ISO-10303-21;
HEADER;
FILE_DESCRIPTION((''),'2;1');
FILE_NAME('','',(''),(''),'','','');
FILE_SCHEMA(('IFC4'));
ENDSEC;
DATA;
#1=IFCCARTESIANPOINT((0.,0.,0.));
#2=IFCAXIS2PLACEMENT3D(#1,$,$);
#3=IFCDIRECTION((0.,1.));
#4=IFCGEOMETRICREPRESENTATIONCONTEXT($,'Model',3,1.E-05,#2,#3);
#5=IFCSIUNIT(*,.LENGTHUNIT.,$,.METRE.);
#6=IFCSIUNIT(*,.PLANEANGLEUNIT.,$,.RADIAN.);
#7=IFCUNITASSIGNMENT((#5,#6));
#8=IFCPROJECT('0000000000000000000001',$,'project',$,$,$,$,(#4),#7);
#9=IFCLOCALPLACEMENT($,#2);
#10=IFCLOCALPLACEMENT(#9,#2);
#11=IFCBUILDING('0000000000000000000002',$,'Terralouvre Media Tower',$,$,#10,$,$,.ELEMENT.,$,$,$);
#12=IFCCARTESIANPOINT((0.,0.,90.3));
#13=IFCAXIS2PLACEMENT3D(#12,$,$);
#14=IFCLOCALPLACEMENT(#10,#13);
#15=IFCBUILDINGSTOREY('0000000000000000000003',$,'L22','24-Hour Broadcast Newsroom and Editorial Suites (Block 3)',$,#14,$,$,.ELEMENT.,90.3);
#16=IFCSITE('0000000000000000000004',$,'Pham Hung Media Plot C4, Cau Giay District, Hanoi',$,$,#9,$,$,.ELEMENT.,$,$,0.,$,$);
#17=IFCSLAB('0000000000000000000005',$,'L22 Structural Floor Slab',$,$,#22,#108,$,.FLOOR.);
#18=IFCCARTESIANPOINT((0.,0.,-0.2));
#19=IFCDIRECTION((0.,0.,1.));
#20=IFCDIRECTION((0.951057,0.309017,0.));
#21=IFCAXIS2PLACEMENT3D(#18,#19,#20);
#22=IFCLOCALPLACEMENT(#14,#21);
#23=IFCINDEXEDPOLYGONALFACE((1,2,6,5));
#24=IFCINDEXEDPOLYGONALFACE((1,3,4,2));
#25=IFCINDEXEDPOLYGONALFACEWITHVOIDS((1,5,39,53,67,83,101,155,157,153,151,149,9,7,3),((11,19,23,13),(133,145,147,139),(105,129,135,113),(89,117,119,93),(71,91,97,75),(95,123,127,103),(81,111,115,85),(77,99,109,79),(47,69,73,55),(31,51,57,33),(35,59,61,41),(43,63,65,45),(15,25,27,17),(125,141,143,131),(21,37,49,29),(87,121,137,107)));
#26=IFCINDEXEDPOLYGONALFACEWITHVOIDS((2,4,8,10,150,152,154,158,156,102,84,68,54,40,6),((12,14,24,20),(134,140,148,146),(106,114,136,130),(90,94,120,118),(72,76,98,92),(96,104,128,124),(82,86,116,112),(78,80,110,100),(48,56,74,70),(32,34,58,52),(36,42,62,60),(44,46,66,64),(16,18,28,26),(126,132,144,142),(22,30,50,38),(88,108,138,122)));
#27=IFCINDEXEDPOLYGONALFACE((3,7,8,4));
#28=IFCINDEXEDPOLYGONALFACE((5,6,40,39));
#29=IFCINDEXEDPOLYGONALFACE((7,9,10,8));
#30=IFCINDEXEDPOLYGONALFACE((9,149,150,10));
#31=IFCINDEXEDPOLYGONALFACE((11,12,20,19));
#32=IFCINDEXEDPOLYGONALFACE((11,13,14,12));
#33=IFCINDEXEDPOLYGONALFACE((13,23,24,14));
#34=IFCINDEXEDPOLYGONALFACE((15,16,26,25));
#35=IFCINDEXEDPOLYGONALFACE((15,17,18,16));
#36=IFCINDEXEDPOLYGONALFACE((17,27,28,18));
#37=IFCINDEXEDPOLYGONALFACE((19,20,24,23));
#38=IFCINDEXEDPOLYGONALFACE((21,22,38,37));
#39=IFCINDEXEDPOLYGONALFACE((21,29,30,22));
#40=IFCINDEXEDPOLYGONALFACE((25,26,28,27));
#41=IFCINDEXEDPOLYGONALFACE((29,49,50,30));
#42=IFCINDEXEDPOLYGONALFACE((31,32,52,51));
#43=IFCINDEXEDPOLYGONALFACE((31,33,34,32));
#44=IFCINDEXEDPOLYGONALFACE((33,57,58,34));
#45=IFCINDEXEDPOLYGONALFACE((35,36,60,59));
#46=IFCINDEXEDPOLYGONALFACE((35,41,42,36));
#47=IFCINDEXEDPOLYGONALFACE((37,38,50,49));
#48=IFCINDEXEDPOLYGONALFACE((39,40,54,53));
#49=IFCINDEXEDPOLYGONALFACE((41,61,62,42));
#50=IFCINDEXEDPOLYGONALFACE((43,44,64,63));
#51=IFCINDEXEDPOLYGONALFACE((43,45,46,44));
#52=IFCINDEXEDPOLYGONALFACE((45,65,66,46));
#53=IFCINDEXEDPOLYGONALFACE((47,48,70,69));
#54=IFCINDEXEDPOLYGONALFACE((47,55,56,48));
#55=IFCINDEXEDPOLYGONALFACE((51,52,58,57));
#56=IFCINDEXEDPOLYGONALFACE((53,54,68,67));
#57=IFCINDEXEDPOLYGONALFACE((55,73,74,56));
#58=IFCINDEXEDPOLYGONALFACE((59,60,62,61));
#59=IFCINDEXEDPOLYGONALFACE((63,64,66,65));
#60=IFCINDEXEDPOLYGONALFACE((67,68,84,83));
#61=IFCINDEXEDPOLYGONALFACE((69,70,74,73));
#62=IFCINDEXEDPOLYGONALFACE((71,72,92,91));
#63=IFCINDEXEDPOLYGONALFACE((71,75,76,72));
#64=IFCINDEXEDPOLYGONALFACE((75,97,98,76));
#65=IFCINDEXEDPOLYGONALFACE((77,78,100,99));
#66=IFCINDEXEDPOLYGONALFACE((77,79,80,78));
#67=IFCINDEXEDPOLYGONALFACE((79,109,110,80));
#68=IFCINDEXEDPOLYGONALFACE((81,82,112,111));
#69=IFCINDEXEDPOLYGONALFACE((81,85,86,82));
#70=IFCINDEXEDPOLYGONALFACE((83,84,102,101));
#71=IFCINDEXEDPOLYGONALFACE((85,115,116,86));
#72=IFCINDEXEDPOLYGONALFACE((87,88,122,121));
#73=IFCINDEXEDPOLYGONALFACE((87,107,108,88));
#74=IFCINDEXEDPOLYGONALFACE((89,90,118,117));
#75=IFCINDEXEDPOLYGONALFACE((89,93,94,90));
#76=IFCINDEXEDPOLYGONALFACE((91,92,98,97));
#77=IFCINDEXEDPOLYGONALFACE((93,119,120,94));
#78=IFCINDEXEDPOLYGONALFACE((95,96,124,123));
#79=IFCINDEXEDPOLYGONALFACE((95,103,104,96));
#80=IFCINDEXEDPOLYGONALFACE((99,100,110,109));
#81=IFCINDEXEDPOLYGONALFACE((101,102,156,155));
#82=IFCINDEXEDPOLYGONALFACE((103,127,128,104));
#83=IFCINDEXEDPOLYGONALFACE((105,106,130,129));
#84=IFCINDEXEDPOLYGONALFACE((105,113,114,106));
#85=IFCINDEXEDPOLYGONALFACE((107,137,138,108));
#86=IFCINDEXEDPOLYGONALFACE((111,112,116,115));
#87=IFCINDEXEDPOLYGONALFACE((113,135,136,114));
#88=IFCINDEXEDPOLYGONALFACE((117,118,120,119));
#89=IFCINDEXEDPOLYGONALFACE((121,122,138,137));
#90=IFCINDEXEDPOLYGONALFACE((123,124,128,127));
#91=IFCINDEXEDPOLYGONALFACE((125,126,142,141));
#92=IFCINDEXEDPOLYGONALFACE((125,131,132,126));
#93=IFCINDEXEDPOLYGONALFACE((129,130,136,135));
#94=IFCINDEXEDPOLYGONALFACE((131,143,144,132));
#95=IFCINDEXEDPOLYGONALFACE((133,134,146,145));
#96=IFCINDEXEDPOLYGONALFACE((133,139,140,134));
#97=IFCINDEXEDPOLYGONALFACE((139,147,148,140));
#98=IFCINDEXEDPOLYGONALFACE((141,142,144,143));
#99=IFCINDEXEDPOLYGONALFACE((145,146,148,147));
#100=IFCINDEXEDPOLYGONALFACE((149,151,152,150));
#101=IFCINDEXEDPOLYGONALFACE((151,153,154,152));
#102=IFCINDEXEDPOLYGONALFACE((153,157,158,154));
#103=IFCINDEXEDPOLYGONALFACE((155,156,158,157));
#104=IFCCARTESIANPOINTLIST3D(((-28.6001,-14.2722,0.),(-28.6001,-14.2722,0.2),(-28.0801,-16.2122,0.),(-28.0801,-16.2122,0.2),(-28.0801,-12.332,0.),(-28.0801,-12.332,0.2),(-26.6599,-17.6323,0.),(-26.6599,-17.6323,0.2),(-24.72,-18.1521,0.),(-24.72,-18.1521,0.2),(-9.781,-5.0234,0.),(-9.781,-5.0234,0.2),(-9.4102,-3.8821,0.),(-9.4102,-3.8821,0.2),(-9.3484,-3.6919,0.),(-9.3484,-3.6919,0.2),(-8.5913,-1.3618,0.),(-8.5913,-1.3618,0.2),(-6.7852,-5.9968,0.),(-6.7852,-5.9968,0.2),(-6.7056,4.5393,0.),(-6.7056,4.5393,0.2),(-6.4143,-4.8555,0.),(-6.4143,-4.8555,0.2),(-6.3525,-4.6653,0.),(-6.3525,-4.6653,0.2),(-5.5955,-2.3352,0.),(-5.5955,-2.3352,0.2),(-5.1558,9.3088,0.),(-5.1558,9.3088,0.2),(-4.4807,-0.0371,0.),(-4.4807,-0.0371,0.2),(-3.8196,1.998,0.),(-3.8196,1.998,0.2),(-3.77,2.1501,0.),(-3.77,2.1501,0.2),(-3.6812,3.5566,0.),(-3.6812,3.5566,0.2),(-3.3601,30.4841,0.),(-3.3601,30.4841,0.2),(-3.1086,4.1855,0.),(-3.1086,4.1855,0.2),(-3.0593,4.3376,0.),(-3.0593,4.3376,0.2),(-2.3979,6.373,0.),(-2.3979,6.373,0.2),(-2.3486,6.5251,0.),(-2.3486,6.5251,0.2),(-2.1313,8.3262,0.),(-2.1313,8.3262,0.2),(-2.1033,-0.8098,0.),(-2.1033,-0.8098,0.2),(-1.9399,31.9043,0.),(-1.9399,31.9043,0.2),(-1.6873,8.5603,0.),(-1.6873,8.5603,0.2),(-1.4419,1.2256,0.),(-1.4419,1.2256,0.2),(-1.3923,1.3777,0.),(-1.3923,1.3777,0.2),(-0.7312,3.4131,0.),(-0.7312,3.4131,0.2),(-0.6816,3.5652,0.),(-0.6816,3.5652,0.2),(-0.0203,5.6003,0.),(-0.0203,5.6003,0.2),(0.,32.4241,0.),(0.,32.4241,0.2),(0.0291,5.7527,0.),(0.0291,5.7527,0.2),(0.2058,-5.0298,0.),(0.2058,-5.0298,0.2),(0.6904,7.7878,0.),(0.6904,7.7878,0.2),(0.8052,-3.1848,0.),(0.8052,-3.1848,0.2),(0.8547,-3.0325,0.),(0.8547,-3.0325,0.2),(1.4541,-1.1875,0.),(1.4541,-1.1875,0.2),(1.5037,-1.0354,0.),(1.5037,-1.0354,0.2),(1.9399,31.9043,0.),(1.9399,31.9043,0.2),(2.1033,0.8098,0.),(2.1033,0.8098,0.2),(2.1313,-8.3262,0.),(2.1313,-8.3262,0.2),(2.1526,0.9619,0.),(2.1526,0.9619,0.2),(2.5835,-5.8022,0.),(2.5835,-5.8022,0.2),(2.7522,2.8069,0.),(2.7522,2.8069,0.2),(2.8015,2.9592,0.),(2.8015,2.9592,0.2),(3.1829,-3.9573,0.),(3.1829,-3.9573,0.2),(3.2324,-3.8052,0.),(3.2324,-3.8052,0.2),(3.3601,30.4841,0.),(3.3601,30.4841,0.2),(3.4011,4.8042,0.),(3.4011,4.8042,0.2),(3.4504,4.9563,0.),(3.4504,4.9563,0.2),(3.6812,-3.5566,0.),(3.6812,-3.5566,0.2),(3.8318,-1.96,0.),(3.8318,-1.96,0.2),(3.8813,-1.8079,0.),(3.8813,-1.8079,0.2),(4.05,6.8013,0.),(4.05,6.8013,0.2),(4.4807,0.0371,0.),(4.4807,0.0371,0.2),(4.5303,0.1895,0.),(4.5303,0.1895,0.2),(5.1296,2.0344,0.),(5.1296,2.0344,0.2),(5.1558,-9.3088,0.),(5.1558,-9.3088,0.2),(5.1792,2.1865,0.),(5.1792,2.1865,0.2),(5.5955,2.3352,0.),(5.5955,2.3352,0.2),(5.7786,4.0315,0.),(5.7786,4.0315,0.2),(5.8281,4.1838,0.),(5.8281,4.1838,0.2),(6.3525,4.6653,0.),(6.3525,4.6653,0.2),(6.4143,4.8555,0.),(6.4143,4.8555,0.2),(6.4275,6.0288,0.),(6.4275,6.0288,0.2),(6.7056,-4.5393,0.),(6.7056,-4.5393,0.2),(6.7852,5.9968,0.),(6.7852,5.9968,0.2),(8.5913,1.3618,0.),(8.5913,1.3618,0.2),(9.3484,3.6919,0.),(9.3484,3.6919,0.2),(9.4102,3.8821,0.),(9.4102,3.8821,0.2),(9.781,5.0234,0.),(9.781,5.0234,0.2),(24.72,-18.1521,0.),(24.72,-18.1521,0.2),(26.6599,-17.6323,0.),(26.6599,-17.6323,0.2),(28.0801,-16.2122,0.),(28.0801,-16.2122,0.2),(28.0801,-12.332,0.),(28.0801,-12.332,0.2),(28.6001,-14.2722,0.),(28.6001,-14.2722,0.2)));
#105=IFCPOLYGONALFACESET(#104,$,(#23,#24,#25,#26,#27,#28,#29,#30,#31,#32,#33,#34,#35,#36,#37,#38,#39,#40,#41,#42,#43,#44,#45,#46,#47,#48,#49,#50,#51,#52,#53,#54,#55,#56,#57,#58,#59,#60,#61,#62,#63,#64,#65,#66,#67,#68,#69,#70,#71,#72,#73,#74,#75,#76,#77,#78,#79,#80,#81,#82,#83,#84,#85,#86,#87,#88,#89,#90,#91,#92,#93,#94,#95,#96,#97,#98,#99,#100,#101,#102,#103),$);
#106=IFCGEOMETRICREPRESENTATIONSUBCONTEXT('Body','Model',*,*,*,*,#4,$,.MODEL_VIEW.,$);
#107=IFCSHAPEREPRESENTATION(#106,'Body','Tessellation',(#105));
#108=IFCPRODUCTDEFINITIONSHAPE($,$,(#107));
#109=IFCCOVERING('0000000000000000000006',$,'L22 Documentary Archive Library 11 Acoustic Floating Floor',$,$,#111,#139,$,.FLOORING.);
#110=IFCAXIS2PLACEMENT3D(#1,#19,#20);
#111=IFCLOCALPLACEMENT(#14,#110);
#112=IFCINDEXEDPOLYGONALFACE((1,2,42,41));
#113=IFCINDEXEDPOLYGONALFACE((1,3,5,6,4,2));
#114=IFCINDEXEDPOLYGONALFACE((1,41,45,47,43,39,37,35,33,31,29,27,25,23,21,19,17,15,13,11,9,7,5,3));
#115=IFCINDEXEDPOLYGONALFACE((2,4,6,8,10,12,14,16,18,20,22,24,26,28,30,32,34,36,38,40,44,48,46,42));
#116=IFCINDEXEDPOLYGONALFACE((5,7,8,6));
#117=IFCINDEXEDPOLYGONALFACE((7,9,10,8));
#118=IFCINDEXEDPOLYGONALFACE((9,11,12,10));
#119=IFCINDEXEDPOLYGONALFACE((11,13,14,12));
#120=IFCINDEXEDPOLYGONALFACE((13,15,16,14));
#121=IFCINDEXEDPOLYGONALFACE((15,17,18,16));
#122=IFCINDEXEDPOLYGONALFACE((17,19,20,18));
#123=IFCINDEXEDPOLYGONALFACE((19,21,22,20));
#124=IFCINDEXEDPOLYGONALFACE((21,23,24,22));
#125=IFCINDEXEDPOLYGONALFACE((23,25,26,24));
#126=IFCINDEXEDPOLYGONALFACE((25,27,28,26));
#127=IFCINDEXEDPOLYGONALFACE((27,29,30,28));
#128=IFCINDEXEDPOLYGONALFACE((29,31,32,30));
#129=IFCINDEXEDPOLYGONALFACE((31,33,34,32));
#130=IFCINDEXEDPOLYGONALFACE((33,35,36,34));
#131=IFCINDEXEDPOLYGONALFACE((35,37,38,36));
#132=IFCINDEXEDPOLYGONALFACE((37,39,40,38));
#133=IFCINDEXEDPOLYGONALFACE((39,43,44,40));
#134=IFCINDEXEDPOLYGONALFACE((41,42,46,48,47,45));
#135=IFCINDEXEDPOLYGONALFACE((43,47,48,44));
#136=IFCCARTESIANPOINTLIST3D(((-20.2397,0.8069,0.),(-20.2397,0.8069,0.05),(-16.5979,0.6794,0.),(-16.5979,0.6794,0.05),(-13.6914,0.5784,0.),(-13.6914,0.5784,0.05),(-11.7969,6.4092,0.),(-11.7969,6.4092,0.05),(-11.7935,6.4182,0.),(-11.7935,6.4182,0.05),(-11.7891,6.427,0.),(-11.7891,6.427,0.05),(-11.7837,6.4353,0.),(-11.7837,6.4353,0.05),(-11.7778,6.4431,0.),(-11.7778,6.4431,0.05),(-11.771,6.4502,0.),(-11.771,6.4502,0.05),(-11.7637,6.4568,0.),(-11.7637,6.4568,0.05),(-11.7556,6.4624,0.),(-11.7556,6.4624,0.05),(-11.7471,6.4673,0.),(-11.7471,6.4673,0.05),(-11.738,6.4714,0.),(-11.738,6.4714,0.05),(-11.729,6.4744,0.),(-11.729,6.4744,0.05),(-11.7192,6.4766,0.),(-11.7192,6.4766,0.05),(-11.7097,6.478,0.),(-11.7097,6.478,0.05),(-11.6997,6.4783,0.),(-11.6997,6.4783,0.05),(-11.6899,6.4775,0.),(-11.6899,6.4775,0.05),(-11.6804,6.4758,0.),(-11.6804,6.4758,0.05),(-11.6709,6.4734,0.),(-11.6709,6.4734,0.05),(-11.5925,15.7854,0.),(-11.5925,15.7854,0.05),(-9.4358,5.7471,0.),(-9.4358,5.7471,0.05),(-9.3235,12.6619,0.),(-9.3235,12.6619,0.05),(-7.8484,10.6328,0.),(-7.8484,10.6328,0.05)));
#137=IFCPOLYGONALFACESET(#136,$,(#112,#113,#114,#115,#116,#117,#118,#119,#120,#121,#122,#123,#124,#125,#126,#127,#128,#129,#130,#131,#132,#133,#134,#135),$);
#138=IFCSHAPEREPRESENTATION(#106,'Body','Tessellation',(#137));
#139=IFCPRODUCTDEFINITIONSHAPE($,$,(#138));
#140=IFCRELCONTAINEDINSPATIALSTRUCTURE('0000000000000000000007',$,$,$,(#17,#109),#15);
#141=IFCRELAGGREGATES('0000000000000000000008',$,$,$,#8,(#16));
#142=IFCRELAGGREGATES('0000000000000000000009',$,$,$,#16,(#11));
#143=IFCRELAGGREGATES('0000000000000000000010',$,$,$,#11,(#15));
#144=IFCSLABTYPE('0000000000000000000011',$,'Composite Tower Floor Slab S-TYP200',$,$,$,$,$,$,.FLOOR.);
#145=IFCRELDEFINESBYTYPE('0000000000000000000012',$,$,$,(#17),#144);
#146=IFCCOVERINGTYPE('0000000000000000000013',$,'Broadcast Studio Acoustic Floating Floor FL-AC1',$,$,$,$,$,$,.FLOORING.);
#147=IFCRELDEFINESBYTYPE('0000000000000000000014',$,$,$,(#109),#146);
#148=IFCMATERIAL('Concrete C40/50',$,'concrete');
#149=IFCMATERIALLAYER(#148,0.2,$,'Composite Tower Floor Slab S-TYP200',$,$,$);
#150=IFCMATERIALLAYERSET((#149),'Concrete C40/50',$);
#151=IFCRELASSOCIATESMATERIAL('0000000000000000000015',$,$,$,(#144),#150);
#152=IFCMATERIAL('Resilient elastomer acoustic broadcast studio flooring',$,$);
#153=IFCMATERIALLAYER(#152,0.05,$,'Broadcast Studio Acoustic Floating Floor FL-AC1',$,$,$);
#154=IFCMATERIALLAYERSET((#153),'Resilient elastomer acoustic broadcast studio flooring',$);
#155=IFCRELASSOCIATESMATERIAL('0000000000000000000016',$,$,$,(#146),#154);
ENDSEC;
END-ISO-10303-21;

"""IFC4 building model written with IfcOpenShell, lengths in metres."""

from ifc_helpers import new_model, si_unit, direction, frame, origin, place, context, subcontext, project, spatial, polyline, outline, extrude, material, layer, layer_set, type_object, element, save


model = new_model("IFC4")

# Units and contexts
model_context = context("Model", 3, precision=1e-05, world=origin(), true_north=direction((0.0, 1.0)))
body_context = subcontext(model_context, "Body", "Model", "MODEL_VIEW")
ifc_project = project(units=[si_unit("LENGTHUNIT", "METRE"), si_unit("PLANEANGLEUNIT", "RADIAN")], contexts=[model_context])

# Site, building, storey
site_placement = place(None, origin())
site = spatial("IfcSite", under=ifc_project, at=site_placement, Name="Pham Hung Media Plot C4, Cau Giay District, Hanoi", CompositionType="ELEMENT", RefElevation=0.0)
building_placement = place(site_placement, origin())
building = spatial("IfcBuilding", under=site, at=building_placement, Name="Terralouvre Media Tower", CompositionType="ELEMENT")
storey_placement = place(building_placement, frame((0.0, 0.0, 90.3)))
storey = spatial("IfcBuildingStorey", under=building, at=storey_placement, Name="L22", Description="24-Hour Broadcast Newsroom and Editorial Suites (Block 3)", CompositionType="ELEMENT", Elevation=90.3)

# Slab
ifc_material_1 = material(Name="Concrete C40/50", Category="concrete")
ifc_layer_1 = layer(ifc_material_1, 0.2, Name="Composite Tower Floor Slab S-TYP200")
ifc_layer_set_1 = layer_set([ifc_layer_1], Name="Concrete C40/50")
slab_type_1 = type_object("IfcSlabType", Name="Composite Tower Floor Slab S-TYP200", PredefinedType="FLOOR", material=ifc_layer_set_1)
slab_1_placement = place(storey_placement, frame((0.0, 0.0, -0.2), z_axis=(0.0, 0.0, 1.0), x_axis=(0.951057, 0.309017, 0.0)))
element("IfcSlab", 1, at=slab_1_placement, inside=storey, type_object=slab_type_1, Name="L22 Structural Floor Slab", PredefinedType="FLOOR", context=body_context, shape_type="SweptSolid", body=[
    extrude(outline(polyline([(-28.0801, -12.332), (-28.6001, -14.2722), (-28.0801, -16.2122), (-26.6599, -17.6323), (-24.72, -18.1521), (24.72, -18.1521), (26.6599, -17.6323), (28.0801, -16.2122), (28.6001, -14.2722), (28.0801, -12.332), (3.3601, 30.4841), (1.9399, 31.9043), (0.0, 32.4241), (-1.9399, 31.9043), (-3.3601, 30.4841), (-28.0801, -12.332)]), holes=[polyline([(-6.7852, -5.9968), (-9.781, -5.0234), (-9.4102, -3.8821), (-6.4143, -4.8555), (-6.7852, -5.9968)]), polyline([(-6.3525, -4.6653), (-9.3484, -3.6919), (-8.5913, -1.3618), (-5.5955, -2.3352), (-6.3525, -4.6653)]), polyline([(-2.1033, -0.8098), (-4.4807, -0.0371), (-3.8196, 1.998), (-1.4419, 1.2256), (-2.1033, -0.8098)]), polyline([(-1.3923, 1.3777), (-3.77, 2.1501), (-3.1086, 4.1855), (-0.7312, 3.4131), (-1.3923, 1.3777)]), polyline([(4.5303, 0.1895), (2.1526, 0.9619), (2.7522, 2.8069), (5.1296, 2.0344), (4.5303, 0.1895)]), polyline([(-0.6816, 3.5652), (-3.0593, 4.3376), (-2.3979, 6.373), (-0.0203, 5.6003), (-0.6816, 3.5652)]), polyline([(-3.6812, 3.5566), (-6.7056, 4.5393), (-5.1558, 9.3088), (-2.1313, 8.3262), (-3.6812, 3.5566)]), polyline([(0.0291, 5.7527), (-2.3486, 6.5251), (-1.6873, 8.5603), (0.6904, 7.7878), (0.0291, 5.7527)]), polyline([(3.6812, -3.5566), (6.7056, -4.5393), (5.1558, -9.3088), (2.1313, -8.3262), (3.6812, -3.5566)]), polyline([(2.5835, -5.8022), (0.2058, -5.0298), (0.8052, -3.1848), (3.1829, -3.9573), (2.5835, -5.8022)]), polyline([(3.2324, -3.8052), (0.8547, -3.0325), (1.4541, -1.1875), (3.8318, -1.96), (3.2324, -3.8052)]), polyline([(3.8813, -1.8079), (1.5037, -1.0354), (2.1033, 0.8098), (4.4807, 0.0371), (3.8813, -1.8079)]), polyline([(5.1792, 2.1865), (2.8015, 2.9592), (3.4011, 4.8042), (5.7786, 4.0315), (5.1792, 2.1865)]), polyline([(8.5913, 1.3618), (5.5955, 2.3352), (6.3525, 4.6653), (9.3484, 3.6919), (8.5913, 1.3618)]), polyline([(5.8281, 4.1838), (3.4504, 4.9563), (4.05, 6.8013), (6.4275, 6.0288), (5.8281, 4.1838)]), polyline([(9.4102, 3.8821), (6.4143, 4.8555), (6.7852, 5.9968), (9.781, 5.0234), (9.4102, 3.8821)])]), origin(), (0.0, 0.0, 1.0), 0.2),
])

# Covering
ifc_material_2 = material(Name="Resilient elastomer acoustic broadcast studio flooring")
ifc_layer_2 = layer(ifc_material_2, 0.05, Name="Broadcast Studio Acoustic Floating Floor FL-AC1")
ifc_layer_set_2 = layer_set([ifc_layer_2], Name="Resilient elastomer acoustic broadcast studio flooring")
covering_type_1 = type_object("IfcCoveringType", Name="Broadcast Studio Acoustic Floating Floor FL-AC1", PredefinedType="FLOORING", material=ifc_layer_set_2)
covering_1_placement = place(storey_placement, frame((0.0, 0.0, 0.0), z_axis=(0.0, 0.0, 1.0), x_axis=(0.951057, 0.309017, 0.0)))
element("IfcCovering", 2, at=covering_1_placement, inside=storey, type_object=covering_type_1, Name="L22 Documentary Archive Library 11 Acoustic Floating Floor", PredefinedType="FLOORING", context=body_context, shape_type="SweptSolid", body=[
    extrude(outline(polyline([(-13.6914, 0.5784), (-11.7969, 6.4092), (-11.7935, 6.4182), (-11.7891, 6.427), (-11.7837, 6.4353), (-11.7778, 6.4431), (-11.771, 6.4502), (-11.7637, 6.4568), (-11.7556, 6.4624), (-11.7471, 6.4673), (-11.738, 6.4714), (-11.729, 6.4744), (-11.7192, 6.4766), (-11.7097, 6.478), (-11.6997, 6.4783), (-11.6899, 6.4775), (-11.6804, 6.4758), (-11.6709, 6.4734), (-9.4358, 5.7471), (-7.8484, 10.6328), (-9.3235, 12.6619), (-11.5925, 15.7854), (-20.2397, 0.8069), (-16.5979, 0.6794), (-13.6914, 0.5784)])), origin(), (0.0, 0.0, 1.0), 0.05),
])

save(model, "model.ifc")
